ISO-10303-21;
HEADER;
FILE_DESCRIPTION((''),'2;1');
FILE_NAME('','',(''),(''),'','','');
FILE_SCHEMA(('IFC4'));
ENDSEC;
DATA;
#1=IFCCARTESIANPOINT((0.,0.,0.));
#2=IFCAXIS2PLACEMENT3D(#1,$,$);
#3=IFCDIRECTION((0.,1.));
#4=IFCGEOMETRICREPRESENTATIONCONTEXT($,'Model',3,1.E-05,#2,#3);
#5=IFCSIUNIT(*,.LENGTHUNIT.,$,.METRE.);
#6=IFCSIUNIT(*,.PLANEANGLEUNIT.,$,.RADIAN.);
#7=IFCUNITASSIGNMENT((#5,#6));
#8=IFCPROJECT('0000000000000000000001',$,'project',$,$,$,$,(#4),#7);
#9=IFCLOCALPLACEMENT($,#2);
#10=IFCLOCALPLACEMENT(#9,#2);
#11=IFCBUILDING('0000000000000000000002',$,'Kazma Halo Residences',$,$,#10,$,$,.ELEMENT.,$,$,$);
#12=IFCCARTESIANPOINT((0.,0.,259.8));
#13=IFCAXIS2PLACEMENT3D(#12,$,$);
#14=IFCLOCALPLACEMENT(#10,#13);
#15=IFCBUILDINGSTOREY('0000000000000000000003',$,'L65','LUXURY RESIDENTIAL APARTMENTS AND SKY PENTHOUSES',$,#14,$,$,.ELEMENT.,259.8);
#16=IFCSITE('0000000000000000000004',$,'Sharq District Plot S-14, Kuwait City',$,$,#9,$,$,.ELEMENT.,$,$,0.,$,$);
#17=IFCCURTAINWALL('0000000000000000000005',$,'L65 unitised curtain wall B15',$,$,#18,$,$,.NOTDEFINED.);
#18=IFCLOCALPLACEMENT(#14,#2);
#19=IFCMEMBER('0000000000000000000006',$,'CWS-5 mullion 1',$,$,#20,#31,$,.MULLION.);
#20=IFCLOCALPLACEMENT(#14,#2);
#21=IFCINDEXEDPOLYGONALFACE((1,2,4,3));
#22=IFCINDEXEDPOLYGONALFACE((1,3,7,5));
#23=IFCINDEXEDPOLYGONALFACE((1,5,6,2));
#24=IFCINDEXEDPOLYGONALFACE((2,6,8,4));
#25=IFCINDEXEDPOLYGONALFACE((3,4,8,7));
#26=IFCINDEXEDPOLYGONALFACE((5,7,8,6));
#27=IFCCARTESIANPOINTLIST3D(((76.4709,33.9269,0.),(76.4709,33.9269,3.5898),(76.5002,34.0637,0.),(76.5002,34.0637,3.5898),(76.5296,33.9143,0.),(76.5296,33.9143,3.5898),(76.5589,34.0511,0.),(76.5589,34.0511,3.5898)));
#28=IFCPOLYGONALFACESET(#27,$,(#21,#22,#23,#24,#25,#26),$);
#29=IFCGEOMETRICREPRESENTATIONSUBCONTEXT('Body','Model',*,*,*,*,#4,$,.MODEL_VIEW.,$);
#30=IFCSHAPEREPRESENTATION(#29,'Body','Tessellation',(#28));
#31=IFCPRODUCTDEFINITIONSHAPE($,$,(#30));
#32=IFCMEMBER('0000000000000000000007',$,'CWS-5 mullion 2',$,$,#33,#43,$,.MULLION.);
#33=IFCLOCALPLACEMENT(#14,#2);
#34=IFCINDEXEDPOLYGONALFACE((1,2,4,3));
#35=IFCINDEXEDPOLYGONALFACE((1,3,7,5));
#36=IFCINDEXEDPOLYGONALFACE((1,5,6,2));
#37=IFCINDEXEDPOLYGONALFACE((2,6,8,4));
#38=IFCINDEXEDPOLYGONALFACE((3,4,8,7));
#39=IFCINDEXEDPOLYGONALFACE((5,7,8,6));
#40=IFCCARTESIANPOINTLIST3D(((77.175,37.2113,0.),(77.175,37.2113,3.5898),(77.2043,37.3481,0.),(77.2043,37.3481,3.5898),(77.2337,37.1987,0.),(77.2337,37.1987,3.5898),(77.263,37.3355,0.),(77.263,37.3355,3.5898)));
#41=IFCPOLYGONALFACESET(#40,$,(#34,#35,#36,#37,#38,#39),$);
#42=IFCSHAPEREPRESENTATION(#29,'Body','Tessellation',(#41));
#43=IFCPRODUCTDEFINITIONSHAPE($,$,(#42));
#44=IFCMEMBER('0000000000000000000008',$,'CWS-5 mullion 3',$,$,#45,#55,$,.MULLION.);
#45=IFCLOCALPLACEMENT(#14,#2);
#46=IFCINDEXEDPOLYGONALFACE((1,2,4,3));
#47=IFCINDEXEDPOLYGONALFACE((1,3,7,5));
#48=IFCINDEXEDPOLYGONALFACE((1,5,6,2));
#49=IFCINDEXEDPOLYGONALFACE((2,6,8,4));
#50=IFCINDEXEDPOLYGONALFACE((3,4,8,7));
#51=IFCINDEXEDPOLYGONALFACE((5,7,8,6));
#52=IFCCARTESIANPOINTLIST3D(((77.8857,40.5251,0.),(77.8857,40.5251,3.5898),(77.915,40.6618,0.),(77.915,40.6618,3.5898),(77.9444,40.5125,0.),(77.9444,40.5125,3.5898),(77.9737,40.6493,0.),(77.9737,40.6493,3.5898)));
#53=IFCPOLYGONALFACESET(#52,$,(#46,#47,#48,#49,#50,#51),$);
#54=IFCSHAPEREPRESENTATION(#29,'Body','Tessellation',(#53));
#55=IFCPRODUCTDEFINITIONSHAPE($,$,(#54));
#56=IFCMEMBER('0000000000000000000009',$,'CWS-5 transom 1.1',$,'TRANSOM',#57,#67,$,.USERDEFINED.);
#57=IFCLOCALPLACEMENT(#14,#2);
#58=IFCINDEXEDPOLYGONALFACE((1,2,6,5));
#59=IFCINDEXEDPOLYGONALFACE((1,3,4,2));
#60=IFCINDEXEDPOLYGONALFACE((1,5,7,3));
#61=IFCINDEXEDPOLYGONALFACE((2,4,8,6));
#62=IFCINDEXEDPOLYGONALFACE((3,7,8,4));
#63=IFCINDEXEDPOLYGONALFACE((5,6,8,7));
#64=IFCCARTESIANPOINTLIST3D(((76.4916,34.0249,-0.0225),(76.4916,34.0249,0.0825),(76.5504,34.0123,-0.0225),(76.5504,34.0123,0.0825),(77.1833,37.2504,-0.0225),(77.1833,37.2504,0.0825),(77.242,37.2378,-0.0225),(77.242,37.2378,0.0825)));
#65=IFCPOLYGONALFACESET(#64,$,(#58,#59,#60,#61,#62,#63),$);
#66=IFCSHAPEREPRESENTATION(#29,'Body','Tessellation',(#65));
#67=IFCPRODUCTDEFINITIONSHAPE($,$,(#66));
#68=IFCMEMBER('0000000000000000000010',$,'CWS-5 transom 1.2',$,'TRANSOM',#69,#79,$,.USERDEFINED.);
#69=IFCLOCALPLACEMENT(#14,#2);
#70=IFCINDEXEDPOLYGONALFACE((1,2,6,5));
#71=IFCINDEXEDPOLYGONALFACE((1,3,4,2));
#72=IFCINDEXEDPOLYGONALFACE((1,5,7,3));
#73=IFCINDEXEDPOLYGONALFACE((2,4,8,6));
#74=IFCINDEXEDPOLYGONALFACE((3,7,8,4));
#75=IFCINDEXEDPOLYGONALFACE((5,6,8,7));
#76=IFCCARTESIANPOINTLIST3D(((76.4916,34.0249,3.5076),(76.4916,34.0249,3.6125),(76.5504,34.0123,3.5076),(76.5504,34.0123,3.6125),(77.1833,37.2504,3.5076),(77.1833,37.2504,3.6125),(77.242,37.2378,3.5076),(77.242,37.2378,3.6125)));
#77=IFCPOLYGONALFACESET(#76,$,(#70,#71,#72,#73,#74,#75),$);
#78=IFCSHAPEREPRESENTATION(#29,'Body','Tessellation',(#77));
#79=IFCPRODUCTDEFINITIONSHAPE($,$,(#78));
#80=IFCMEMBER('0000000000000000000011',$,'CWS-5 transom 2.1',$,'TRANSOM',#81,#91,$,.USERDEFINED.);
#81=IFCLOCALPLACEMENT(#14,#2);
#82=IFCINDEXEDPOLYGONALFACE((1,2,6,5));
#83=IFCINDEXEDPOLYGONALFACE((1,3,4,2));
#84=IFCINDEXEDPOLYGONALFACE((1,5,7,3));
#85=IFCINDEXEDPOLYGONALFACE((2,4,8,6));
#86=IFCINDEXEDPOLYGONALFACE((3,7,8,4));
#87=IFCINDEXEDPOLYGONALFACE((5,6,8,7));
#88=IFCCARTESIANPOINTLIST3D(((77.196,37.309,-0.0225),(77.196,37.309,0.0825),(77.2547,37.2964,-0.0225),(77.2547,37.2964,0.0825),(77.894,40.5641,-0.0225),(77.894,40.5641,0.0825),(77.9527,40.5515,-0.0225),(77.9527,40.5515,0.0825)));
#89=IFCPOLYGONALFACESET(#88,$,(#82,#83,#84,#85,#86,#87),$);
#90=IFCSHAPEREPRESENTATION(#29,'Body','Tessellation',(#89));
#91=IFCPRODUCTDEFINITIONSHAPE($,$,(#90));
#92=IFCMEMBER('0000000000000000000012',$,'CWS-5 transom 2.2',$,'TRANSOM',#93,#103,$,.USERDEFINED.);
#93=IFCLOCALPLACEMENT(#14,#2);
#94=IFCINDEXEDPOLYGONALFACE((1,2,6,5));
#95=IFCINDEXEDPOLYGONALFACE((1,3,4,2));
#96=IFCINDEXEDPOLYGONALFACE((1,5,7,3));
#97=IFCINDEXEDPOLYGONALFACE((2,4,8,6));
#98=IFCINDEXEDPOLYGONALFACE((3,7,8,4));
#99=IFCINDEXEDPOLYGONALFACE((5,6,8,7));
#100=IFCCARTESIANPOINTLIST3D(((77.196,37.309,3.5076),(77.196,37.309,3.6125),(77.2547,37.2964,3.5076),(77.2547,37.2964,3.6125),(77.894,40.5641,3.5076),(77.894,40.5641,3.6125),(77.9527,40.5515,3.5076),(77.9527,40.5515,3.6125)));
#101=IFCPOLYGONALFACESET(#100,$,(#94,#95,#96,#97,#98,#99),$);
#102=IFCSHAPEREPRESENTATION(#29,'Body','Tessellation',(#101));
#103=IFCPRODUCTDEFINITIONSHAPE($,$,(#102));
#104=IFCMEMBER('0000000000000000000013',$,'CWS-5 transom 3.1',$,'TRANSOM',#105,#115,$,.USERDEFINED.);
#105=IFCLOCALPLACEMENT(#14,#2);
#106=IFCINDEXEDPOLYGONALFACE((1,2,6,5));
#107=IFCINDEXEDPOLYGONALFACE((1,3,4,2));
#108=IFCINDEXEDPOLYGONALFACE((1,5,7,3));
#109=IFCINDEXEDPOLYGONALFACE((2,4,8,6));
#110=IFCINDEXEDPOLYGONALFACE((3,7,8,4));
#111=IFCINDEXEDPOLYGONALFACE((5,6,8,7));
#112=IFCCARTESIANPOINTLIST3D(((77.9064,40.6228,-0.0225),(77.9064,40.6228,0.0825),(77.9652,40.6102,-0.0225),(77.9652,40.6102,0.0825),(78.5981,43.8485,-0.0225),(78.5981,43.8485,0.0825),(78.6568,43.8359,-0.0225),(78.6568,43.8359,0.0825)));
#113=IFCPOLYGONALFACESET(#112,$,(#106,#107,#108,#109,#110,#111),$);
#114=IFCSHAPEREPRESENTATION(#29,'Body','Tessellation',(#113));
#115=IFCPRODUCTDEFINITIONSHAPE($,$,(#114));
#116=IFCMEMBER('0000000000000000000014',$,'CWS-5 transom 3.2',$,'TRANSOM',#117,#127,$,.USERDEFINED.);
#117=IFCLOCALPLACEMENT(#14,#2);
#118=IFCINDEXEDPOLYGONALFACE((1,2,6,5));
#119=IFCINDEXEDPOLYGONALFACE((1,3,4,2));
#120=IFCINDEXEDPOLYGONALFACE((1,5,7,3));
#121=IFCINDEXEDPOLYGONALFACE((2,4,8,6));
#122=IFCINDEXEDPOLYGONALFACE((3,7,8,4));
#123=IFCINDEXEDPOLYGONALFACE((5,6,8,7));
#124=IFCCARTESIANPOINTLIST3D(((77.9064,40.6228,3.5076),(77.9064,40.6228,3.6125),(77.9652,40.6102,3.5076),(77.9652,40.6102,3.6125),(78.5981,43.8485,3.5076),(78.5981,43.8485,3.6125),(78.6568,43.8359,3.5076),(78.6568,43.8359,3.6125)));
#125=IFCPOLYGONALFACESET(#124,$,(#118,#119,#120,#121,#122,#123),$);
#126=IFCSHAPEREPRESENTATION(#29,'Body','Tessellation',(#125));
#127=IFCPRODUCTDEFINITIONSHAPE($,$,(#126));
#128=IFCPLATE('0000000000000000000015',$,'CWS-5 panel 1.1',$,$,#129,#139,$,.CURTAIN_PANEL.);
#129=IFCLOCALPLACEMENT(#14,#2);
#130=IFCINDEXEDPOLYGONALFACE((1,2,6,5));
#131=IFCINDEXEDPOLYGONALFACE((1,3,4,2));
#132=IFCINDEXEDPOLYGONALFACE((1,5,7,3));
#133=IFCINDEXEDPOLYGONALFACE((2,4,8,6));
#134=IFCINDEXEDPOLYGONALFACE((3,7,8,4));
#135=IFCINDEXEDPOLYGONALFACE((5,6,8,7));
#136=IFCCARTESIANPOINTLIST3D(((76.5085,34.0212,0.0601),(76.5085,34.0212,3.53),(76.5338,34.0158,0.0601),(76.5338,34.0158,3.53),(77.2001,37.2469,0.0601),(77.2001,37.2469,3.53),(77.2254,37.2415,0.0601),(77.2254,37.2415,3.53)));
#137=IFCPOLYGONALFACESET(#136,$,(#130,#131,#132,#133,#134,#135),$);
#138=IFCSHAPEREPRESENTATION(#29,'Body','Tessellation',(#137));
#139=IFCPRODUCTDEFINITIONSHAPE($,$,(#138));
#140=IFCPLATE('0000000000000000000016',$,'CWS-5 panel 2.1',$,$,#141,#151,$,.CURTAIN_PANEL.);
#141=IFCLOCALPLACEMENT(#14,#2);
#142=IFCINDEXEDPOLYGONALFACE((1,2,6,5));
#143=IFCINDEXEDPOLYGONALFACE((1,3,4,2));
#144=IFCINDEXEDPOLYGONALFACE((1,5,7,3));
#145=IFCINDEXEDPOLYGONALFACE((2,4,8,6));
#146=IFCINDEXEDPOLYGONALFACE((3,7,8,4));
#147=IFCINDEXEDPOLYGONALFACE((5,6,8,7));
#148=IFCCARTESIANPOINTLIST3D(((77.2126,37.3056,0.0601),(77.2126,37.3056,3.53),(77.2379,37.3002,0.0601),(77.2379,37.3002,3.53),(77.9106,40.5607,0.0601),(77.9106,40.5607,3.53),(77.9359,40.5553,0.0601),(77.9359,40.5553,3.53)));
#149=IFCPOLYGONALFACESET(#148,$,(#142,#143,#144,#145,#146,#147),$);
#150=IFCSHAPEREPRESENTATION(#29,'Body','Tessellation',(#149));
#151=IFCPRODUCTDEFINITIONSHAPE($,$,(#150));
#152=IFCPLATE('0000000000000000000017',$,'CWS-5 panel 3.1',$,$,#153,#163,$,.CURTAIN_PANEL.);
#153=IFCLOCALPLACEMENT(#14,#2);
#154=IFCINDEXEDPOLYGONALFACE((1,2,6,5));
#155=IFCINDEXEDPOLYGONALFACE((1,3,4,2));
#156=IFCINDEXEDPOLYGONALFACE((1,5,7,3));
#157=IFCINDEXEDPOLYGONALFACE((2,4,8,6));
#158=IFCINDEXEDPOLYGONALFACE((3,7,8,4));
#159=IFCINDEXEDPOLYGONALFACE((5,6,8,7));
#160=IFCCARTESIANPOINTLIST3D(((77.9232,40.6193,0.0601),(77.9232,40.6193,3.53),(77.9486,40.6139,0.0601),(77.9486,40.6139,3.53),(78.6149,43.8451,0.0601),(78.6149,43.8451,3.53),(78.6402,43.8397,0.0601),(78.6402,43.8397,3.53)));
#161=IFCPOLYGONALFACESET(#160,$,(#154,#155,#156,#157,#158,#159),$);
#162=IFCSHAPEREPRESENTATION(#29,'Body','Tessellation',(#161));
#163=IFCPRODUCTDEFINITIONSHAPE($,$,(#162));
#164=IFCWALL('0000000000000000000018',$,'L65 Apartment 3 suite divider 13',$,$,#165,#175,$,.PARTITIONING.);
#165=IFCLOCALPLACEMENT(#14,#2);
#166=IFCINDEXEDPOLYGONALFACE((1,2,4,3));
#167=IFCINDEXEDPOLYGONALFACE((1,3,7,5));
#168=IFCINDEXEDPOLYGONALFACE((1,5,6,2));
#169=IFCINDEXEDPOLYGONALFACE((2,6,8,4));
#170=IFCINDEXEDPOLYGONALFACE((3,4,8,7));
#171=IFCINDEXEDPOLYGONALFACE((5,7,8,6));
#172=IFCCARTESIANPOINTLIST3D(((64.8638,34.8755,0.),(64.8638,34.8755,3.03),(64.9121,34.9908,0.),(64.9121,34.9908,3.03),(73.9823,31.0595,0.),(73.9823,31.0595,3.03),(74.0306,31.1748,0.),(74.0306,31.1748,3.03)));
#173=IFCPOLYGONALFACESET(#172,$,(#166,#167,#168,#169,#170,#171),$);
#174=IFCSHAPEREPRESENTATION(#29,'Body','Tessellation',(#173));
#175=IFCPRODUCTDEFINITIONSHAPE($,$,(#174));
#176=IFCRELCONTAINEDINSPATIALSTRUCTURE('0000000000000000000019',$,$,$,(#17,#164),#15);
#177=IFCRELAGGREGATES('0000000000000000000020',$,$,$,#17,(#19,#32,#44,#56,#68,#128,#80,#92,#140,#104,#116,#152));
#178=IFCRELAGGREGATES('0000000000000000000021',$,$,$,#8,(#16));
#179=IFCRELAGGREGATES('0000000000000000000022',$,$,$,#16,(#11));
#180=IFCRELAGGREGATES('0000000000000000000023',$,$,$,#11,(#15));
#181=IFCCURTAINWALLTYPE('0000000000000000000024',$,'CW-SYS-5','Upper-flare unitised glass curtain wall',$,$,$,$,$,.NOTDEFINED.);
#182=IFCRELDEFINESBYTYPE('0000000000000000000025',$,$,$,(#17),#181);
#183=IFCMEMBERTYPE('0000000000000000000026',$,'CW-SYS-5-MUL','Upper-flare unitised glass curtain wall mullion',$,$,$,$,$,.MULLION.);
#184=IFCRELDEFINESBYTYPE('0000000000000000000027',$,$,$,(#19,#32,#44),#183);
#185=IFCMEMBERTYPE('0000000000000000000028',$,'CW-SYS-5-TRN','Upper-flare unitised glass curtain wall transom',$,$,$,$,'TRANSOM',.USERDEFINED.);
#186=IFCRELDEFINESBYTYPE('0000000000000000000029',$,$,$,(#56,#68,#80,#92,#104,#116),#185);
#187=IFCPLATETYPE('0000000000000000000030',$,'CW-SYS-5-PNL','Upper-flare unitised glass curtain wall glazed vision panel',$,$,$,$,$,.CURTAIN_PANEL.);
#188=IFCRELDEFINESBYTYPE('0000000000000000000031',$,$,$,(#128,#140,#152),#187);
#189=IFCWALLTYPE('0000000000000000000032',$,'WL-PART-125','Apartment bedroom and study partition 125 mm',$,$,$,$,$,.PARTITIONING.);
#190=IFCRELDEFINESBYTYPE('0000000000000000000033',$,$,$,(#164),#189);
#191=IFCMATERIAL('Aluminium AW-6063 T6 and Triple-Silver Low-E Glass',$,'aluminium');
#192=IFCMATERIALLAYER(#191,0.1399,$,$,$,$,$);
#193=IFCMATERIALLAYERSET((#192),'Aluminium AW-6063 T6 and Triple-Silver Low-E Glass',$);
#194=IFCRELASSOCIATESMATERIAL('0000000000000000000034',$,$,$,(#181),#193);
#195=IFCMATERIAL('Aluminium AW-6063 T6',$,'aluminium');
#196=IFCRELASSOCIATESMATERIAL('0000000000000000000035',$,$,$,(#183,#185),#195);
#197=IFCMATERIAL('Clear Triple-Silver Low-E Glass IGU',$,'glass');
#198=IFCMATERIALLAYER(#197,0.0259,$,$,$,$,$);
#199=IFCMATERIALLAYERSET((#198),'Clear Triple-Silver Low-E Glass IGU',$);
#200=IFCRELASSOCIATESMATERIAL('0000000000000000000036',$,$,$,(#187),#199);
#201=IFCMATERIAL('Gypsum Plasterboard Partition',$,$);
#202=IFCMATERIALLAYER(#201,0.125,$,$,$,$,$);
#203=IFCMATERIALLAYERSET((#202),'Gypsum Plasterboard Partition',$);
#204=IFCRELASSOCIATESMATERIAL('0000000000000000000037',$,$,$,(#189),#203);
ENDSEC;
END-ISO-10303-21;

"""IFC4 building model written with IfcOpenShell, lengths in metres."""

from ifc_helpers import new_model, si_unit, direction, frame, frame_2d, origin, origin_2d, place, context, subcontext, project, spatial, rectangle, extrude, material, layer, layer_set, material_profile, profile_set, type_object, element, aggregate, save


model = new_model("IFC4")

# Units and contexts
model_context = context("Model", 3, precision=1e-05, world=origin(), true_north=direction((0.0, 1.0)))
body_context = subcontext(model_context, "Body", "Model", "MODEL_VIEW")
ifc_project = project(units=[si_unit("LENGTHUNIT", "METRE"), si_unit("PLANEANGLEUNIT", "RADIAN")], contexts=[model_context])

# Site, building, storey
site_placement = place(None, origin())
site = spatial("IfcSite", under=ifc_project, at=site_placement, Name="Sharq District Plot S-14, Kuwait City", CompositionType="ELEMENT", RefElevation=0.0)
building_placement = place(site_placement, origin())
building = spatial("IfcBuilding", under=site, at=building_placement, Name="Kazma Halo Residences", CompositionType="ELEMENT")
storey_placement = place(building_placement, frame((0.0, 0.0, 259.8)))
storey = spatial("IfcBuildingStorey", under=building, at=storey_placement, Name="L65", Description="LUXURY RESIDENTIAL APARTMENTS AND SKY PENTHOUSES", CompositionType="ELEMENT", Elevation=259.8)

# Curtain wall, members, plates
ifc_material_1 = material(Name="Aluminium AW-6063 T6 and Triple-Silver Low-E Glass", Category="aluminium")
ifc_layer_1 = layer(ifc_material_1, 0.1399)
ifc_layer_set_1 = layer_set([ifc_layer_1], Name="Aluminium AW-6063 T6 and Triple-Silver Low-E Glass")
curtain_wall_type = type_object("IfcCurtainWallType", Name="CW-SYS-5", Description="Upper-flare unitised glass curtain wall", PredefinedType="NOTDEFINED", material=ifc_layer_set_1)
curtain_wall_placement = place(storey_placement, origin())
curtain_wall = element("IfcCurtainWall", 1, at=curtain_wall_placement, inside=storey, type_object=curtain_wall_type, Name="L65 unitised curtain wall B15", PredefinedType="NOTDEFINED")
ifc_material_2 = material(Name="Aluminium AW-6063 T6", Category="aluminium")
ifc_material_profile_1 = material_profile(ifc_material_2, rectangle(XDim=0.0601, YDim=0.1399, at=origin_2d()), Name="CWM-60x140")
ifc_profile_set_1 = profile_set([ifc_material_profile_1], Name="Aluminium AW-6063 T6")
member_type_1 = type_object("IfcMemberType", Name="CW-SYS-5-MUL", Description="Upper-flare unitised glass curtain wall mullion", PredefinedType="MULLION", material=ifc_profile_set_1)
member_1_placement = place(storey_placement, frame((76.5149, 33.989, 0.0), z_axis=(0.0, 0.0, 1.0), x_axis=(-0.977775, 0.209657, 0.0)))
member_1 = element("IfcMember", 2, at=member_1_placement, type_object=member_type_1, Name="CWS-5 mullion 1", PredefinedType="MULLION", context=body_context, shape_type="SweptSolid", body=[
    extrude(rectangle(XDim=0.0601, YDim=0.1399, at=origin_2d()), origin(), (0.0, 0.0, 1.0), 3.5898),
])
member_2_placement = place(storey_placement, frame((77.219, 37.2734, 0.0), z_axis=(0.0, 0.0, 1.0), x_axis=(-0.977775, 0.209657, 0.0)))
member_2 = element("IfcMember", 3, at=member_2_placement, type_object=member_type_1, Name="CWS-5 mullion 2", PredefinedType="MULLION", context=body_context, shape_type="SweptSolid", body=[
    extrude(rectangle(XDim=0.0601, YDim=0.1399, at=origin_2d()), origin(), (0.0, 0.0, 1.0), 3.5898),
])
member_3_placement = place(storey_placement, frame((77.9297, 40.5872, 0.0), z_axis=(0.0, 0.0, 1.0), x_axis=(-0.977775, 0.209657, 0.0)))
member_3 = element("IfcMember", 4, at=member_3_placement, type_object=member_type_1, Name="CWS-5 mullion 3", PredefinedType="MULLION", context=body_context, shape_type="SweptSolid", body=[
    extrude(rectangle(XDim=0.0601, YDim=0.1399, at=origin_2d()), origin(), (0.0, 0.0, 1.0), 3.5898),
])
ifc_material_profile_2 = material_profile(ifc_material_2, rectangle(XDim=0.0601, YDim=0.105, at=origin_2d()), Name="CWT-60x105")
ifc_profile_set_2 = profile_set([ifc_material_profile_2], Name="Aluminium AW-6063 T6")
member_type_2 = type_object("IfcMemberType", Name="CW-SYS-5-TRN", Description="Upper-flare unitised glass curtain wall transom", ElementType="TRANSOM", PredefinedType="USERDEFINED", material=ifc_profile_set_2)
member_4_placement = place(storey_placement, frame((76.521, 34.0186, 0.03), z_axis=(0.20966, 0.977774, 0.0), x_axis=(-0.977774, 0.20966, 0.0)))
member_4 = element("IfcMember", 5, at=member_4_placement, type_object=member_type_2, Name="CWS-5 transom 1.1", ObjectType="TRANSOM", PredefinedType="USERDEFINED", context=body_context, shape_type="SweptSolid", body=[
    extrude(rectangle(XDim=0.0601, YDim=0.105, at=origin_2d()), origin(), (0.0, 0.0, 1.0), 3.2988),
])
member_5_placement = place(storey_placement, frame((76.521, 34.0186, 3.5601), z_axis=(0.20966, 0.977774, 0.0), x_axis=(-0.977774, 0.20966, 0.0)))
member_5 = element("IfcMember", 6, at=member_5_placement, type_object=member_type_2, Name="CWS-5 transom 1.2", ObjectType="TRANSOM", PredefinedType="USERDEFINED", context=body_context, shape_type="SweptSolid", body=[
    extrude(rectangle(XDim=0.0601, YDim=0.105, at=origin_2d()), origin(), (0.0, 0.0, 1.0), 3.2988),
])
member_6_placement = place(storey_placement, frame((77.2253, 37.3027, 0.03), z_axis=(0.209664, 0.977773, 0.0), x_axis=(-0.977773, 0.209664, 0.0)))
member_6 = element("IfcMember", 7, at=member_6_placement, type_object=member_type_2, Name="CWS-5 transom 2.1", ObjectType="TRANSOM", PredefinedType="USERDEFINED", context=body_context, shape_type="SweptSolid", body=[
    extrude(rectangle(XDim=0.0601, YDim=0.105, at=origin_2d()), origin(), (0.0, 0.0, 1.0), 3.3291),
])
member_7_placement = place(storey_placement, frame((77.2253, 37.3027, 3.5601), z_axis=(0.209664, 0.977773, 0.0), x_axis=(-0.977773, 0.209664, 0.0)))
member_7 = element("IfcMember", 8, at=member_7_placement, type_object=member_type_2, Name="CWS-5 transom 2.2", ObjectType="TRANSOM", PredefinedType="USERDEFINED", context=body_context, shape_type="SweptSolid", body=[
    extrude(rectangle(XDim=0.0601, YDim=0.105, at=origin_2d()), origin(), (0.0, 0.0, 1.0), 3.3291),
])
member_8_placement = place(storey_placement, frame((77.9358, 40.6165, 0.03), z_axis=(0.209645, 0.977777, 0.0), x_axis=(-0.977777, 0.209645, 0.0)))
member_8 = element("IfcMember", 9, at=member_8_placement, type_object=member_type_2, Name="CWS-5 transom 3.1", ObjectType="TRANSOM", PredefinedType="USERDEFINED", context=body_context, shape_type="SweptSolid", body=[
    extrude(rectangle(XDim=0.0601, YDim=0.105, at=origin_2d()), origin(), (0.0, 0.0, 1.0), 3.2991),
])
member_9_placement = place(storey_placement, frame((77.9358, 40.6165, 3.5601), z_axis=(0.209645, 0.977777, 0.0), x_axis=(-0.977777, 0.209645, 0.0)))
member_9 = element("IfcMember", 10, at=member_9_placement, type_object=member_type_2, Name="CWS-5 transom 3.2", ObjectType="TRANSOM", PredefinedType="USERDEFINED", context=body_context, shape_type="SweptSolid", body=[
    extrude(rectangle(XDim=0.0601, YDim=0.105, at=origin_2d()), origin(), (0.0, 0.0, 1.0), 3.2991),
])
ifc_material_3 = material(Name="Clear Triple-Silver Low-E Glass IGU", Category="glass")
ifc_layer_2 = layer(ifc_material_3, 0.0259)
ifc_layer_set_2 = layer_set([ifc_layer_2], Name="Clear Triple-Silver Low-E Glass IGU")
plate_type = type_object("IfcPlateType", Name="CW-SYS-5-PNL", Description="Upper-flare unitised glass curtain wall glazed vision panel", PredefinedType="CURTAIN_PANEL", material=ifc_layer_set_2)
plate_1_placement = place(storey_placement, frame((76.8669, 35.6313, 0.0601), z_axis=(0.0, 0.0, 1.0), x_axis=(0.209657, 0.977775, 0.0)))
plate_1 = element("IfcPlate", 11, at=plate_1_placement, type_object=plate_type, Name="CWS-5 panel 1.1", PredefinedType="CURTAIN_PANEL", context=body_context, shape_type="SweptSolid", body=[
    extrude(rectangle(XDim=3.2991, YDim=0.0259, at=origin_2d()), origin(), (0.0, 0.0, 1.0), 3.47),
])
plate_2_placement = place(storey_placement, frame((77.5742, 38.9304, 0.0601), z_axis=(0.0, 0.0, 1.0), x_axis=(0.209657, 0.977775, 0.0)))
plate_2 = element("IfcPlate", 12, at=plate_2_placement, type_object=plate_type, Name="CWS-5 panel 2.1", PredefinedType="CURTAIN_PANEL", context=body_context, shape_type="SweptSolid", body=[
    extrude(rectangle(XDim=3.3291, YDim=0.0259, at=origin_2d()), origin(), (0.0, 0.0, 1.0), 3.47),
])
plate_3_placement = place(storey_placement, frame((78.2817, 42.2295, 0.0601), z_axis=(0.0, 0.0, 1.0), x_axis=(0.209657, 0.977775, 0.0)))
plate_3 = element("IfcPlate", 13, at=plate_3_placement, type_object=plate_type, Name="CWS-5 panel 3.1", PredefinedType="CURTAIN_PANEL", context=body_context, shape_type="SweptSolid", body=[
    extrude(rectangle(XDim=3.2991, YDim=0.0259, at=origin_2d()), origin(), (0.0, 0.0, 1.0), 3.47),
])
aggregate(curtain_wall, [member_1, member_2, member_3, member_4, member_5, plate_1, member_6, member_7, plate_2, member_8, member_9, plate_3])

# Wall
ifc_material_4 = material(Name="Gypsum Plasterboard Partition")
ifc_layer_3 = layer(ifc_material_4, 0.125)
ifc_layer_set_3 = layer_set([ifc_layer_3], Name="Gypsum Plasterboard Partition")
wall_type_1 = type_object("IfcWallType", Name="WL-PART-125", Description="Apartment bedroom and study partition 125 mm", PredefinedType="PARTITIONING", material=ifc_layer_set_3)
wall_1_placement = place(storey_placement, frame((64.8879, 34.9331, 0.0), z_axis=(0.0, 0.0, 1.0), x_axis=(0.92248, -0.386044, 0.0)))
element("IfcWall", 14, at=wall_1_placement, inside=storey, type_object=wall_type_1, Name="L65 Apartment 3 suite divider 13", PredefinedType="PARTITIONING", context=body_context, shape_type="SweptSolid", body=[
    extrude(rectangle(XDim=9.8848, YDim=0.125, at=frame_2d((4.9424, 0.0))), origin(), (0.0, 0.0, 1.0), 3.03),
])

save(model, "model.ifc")
